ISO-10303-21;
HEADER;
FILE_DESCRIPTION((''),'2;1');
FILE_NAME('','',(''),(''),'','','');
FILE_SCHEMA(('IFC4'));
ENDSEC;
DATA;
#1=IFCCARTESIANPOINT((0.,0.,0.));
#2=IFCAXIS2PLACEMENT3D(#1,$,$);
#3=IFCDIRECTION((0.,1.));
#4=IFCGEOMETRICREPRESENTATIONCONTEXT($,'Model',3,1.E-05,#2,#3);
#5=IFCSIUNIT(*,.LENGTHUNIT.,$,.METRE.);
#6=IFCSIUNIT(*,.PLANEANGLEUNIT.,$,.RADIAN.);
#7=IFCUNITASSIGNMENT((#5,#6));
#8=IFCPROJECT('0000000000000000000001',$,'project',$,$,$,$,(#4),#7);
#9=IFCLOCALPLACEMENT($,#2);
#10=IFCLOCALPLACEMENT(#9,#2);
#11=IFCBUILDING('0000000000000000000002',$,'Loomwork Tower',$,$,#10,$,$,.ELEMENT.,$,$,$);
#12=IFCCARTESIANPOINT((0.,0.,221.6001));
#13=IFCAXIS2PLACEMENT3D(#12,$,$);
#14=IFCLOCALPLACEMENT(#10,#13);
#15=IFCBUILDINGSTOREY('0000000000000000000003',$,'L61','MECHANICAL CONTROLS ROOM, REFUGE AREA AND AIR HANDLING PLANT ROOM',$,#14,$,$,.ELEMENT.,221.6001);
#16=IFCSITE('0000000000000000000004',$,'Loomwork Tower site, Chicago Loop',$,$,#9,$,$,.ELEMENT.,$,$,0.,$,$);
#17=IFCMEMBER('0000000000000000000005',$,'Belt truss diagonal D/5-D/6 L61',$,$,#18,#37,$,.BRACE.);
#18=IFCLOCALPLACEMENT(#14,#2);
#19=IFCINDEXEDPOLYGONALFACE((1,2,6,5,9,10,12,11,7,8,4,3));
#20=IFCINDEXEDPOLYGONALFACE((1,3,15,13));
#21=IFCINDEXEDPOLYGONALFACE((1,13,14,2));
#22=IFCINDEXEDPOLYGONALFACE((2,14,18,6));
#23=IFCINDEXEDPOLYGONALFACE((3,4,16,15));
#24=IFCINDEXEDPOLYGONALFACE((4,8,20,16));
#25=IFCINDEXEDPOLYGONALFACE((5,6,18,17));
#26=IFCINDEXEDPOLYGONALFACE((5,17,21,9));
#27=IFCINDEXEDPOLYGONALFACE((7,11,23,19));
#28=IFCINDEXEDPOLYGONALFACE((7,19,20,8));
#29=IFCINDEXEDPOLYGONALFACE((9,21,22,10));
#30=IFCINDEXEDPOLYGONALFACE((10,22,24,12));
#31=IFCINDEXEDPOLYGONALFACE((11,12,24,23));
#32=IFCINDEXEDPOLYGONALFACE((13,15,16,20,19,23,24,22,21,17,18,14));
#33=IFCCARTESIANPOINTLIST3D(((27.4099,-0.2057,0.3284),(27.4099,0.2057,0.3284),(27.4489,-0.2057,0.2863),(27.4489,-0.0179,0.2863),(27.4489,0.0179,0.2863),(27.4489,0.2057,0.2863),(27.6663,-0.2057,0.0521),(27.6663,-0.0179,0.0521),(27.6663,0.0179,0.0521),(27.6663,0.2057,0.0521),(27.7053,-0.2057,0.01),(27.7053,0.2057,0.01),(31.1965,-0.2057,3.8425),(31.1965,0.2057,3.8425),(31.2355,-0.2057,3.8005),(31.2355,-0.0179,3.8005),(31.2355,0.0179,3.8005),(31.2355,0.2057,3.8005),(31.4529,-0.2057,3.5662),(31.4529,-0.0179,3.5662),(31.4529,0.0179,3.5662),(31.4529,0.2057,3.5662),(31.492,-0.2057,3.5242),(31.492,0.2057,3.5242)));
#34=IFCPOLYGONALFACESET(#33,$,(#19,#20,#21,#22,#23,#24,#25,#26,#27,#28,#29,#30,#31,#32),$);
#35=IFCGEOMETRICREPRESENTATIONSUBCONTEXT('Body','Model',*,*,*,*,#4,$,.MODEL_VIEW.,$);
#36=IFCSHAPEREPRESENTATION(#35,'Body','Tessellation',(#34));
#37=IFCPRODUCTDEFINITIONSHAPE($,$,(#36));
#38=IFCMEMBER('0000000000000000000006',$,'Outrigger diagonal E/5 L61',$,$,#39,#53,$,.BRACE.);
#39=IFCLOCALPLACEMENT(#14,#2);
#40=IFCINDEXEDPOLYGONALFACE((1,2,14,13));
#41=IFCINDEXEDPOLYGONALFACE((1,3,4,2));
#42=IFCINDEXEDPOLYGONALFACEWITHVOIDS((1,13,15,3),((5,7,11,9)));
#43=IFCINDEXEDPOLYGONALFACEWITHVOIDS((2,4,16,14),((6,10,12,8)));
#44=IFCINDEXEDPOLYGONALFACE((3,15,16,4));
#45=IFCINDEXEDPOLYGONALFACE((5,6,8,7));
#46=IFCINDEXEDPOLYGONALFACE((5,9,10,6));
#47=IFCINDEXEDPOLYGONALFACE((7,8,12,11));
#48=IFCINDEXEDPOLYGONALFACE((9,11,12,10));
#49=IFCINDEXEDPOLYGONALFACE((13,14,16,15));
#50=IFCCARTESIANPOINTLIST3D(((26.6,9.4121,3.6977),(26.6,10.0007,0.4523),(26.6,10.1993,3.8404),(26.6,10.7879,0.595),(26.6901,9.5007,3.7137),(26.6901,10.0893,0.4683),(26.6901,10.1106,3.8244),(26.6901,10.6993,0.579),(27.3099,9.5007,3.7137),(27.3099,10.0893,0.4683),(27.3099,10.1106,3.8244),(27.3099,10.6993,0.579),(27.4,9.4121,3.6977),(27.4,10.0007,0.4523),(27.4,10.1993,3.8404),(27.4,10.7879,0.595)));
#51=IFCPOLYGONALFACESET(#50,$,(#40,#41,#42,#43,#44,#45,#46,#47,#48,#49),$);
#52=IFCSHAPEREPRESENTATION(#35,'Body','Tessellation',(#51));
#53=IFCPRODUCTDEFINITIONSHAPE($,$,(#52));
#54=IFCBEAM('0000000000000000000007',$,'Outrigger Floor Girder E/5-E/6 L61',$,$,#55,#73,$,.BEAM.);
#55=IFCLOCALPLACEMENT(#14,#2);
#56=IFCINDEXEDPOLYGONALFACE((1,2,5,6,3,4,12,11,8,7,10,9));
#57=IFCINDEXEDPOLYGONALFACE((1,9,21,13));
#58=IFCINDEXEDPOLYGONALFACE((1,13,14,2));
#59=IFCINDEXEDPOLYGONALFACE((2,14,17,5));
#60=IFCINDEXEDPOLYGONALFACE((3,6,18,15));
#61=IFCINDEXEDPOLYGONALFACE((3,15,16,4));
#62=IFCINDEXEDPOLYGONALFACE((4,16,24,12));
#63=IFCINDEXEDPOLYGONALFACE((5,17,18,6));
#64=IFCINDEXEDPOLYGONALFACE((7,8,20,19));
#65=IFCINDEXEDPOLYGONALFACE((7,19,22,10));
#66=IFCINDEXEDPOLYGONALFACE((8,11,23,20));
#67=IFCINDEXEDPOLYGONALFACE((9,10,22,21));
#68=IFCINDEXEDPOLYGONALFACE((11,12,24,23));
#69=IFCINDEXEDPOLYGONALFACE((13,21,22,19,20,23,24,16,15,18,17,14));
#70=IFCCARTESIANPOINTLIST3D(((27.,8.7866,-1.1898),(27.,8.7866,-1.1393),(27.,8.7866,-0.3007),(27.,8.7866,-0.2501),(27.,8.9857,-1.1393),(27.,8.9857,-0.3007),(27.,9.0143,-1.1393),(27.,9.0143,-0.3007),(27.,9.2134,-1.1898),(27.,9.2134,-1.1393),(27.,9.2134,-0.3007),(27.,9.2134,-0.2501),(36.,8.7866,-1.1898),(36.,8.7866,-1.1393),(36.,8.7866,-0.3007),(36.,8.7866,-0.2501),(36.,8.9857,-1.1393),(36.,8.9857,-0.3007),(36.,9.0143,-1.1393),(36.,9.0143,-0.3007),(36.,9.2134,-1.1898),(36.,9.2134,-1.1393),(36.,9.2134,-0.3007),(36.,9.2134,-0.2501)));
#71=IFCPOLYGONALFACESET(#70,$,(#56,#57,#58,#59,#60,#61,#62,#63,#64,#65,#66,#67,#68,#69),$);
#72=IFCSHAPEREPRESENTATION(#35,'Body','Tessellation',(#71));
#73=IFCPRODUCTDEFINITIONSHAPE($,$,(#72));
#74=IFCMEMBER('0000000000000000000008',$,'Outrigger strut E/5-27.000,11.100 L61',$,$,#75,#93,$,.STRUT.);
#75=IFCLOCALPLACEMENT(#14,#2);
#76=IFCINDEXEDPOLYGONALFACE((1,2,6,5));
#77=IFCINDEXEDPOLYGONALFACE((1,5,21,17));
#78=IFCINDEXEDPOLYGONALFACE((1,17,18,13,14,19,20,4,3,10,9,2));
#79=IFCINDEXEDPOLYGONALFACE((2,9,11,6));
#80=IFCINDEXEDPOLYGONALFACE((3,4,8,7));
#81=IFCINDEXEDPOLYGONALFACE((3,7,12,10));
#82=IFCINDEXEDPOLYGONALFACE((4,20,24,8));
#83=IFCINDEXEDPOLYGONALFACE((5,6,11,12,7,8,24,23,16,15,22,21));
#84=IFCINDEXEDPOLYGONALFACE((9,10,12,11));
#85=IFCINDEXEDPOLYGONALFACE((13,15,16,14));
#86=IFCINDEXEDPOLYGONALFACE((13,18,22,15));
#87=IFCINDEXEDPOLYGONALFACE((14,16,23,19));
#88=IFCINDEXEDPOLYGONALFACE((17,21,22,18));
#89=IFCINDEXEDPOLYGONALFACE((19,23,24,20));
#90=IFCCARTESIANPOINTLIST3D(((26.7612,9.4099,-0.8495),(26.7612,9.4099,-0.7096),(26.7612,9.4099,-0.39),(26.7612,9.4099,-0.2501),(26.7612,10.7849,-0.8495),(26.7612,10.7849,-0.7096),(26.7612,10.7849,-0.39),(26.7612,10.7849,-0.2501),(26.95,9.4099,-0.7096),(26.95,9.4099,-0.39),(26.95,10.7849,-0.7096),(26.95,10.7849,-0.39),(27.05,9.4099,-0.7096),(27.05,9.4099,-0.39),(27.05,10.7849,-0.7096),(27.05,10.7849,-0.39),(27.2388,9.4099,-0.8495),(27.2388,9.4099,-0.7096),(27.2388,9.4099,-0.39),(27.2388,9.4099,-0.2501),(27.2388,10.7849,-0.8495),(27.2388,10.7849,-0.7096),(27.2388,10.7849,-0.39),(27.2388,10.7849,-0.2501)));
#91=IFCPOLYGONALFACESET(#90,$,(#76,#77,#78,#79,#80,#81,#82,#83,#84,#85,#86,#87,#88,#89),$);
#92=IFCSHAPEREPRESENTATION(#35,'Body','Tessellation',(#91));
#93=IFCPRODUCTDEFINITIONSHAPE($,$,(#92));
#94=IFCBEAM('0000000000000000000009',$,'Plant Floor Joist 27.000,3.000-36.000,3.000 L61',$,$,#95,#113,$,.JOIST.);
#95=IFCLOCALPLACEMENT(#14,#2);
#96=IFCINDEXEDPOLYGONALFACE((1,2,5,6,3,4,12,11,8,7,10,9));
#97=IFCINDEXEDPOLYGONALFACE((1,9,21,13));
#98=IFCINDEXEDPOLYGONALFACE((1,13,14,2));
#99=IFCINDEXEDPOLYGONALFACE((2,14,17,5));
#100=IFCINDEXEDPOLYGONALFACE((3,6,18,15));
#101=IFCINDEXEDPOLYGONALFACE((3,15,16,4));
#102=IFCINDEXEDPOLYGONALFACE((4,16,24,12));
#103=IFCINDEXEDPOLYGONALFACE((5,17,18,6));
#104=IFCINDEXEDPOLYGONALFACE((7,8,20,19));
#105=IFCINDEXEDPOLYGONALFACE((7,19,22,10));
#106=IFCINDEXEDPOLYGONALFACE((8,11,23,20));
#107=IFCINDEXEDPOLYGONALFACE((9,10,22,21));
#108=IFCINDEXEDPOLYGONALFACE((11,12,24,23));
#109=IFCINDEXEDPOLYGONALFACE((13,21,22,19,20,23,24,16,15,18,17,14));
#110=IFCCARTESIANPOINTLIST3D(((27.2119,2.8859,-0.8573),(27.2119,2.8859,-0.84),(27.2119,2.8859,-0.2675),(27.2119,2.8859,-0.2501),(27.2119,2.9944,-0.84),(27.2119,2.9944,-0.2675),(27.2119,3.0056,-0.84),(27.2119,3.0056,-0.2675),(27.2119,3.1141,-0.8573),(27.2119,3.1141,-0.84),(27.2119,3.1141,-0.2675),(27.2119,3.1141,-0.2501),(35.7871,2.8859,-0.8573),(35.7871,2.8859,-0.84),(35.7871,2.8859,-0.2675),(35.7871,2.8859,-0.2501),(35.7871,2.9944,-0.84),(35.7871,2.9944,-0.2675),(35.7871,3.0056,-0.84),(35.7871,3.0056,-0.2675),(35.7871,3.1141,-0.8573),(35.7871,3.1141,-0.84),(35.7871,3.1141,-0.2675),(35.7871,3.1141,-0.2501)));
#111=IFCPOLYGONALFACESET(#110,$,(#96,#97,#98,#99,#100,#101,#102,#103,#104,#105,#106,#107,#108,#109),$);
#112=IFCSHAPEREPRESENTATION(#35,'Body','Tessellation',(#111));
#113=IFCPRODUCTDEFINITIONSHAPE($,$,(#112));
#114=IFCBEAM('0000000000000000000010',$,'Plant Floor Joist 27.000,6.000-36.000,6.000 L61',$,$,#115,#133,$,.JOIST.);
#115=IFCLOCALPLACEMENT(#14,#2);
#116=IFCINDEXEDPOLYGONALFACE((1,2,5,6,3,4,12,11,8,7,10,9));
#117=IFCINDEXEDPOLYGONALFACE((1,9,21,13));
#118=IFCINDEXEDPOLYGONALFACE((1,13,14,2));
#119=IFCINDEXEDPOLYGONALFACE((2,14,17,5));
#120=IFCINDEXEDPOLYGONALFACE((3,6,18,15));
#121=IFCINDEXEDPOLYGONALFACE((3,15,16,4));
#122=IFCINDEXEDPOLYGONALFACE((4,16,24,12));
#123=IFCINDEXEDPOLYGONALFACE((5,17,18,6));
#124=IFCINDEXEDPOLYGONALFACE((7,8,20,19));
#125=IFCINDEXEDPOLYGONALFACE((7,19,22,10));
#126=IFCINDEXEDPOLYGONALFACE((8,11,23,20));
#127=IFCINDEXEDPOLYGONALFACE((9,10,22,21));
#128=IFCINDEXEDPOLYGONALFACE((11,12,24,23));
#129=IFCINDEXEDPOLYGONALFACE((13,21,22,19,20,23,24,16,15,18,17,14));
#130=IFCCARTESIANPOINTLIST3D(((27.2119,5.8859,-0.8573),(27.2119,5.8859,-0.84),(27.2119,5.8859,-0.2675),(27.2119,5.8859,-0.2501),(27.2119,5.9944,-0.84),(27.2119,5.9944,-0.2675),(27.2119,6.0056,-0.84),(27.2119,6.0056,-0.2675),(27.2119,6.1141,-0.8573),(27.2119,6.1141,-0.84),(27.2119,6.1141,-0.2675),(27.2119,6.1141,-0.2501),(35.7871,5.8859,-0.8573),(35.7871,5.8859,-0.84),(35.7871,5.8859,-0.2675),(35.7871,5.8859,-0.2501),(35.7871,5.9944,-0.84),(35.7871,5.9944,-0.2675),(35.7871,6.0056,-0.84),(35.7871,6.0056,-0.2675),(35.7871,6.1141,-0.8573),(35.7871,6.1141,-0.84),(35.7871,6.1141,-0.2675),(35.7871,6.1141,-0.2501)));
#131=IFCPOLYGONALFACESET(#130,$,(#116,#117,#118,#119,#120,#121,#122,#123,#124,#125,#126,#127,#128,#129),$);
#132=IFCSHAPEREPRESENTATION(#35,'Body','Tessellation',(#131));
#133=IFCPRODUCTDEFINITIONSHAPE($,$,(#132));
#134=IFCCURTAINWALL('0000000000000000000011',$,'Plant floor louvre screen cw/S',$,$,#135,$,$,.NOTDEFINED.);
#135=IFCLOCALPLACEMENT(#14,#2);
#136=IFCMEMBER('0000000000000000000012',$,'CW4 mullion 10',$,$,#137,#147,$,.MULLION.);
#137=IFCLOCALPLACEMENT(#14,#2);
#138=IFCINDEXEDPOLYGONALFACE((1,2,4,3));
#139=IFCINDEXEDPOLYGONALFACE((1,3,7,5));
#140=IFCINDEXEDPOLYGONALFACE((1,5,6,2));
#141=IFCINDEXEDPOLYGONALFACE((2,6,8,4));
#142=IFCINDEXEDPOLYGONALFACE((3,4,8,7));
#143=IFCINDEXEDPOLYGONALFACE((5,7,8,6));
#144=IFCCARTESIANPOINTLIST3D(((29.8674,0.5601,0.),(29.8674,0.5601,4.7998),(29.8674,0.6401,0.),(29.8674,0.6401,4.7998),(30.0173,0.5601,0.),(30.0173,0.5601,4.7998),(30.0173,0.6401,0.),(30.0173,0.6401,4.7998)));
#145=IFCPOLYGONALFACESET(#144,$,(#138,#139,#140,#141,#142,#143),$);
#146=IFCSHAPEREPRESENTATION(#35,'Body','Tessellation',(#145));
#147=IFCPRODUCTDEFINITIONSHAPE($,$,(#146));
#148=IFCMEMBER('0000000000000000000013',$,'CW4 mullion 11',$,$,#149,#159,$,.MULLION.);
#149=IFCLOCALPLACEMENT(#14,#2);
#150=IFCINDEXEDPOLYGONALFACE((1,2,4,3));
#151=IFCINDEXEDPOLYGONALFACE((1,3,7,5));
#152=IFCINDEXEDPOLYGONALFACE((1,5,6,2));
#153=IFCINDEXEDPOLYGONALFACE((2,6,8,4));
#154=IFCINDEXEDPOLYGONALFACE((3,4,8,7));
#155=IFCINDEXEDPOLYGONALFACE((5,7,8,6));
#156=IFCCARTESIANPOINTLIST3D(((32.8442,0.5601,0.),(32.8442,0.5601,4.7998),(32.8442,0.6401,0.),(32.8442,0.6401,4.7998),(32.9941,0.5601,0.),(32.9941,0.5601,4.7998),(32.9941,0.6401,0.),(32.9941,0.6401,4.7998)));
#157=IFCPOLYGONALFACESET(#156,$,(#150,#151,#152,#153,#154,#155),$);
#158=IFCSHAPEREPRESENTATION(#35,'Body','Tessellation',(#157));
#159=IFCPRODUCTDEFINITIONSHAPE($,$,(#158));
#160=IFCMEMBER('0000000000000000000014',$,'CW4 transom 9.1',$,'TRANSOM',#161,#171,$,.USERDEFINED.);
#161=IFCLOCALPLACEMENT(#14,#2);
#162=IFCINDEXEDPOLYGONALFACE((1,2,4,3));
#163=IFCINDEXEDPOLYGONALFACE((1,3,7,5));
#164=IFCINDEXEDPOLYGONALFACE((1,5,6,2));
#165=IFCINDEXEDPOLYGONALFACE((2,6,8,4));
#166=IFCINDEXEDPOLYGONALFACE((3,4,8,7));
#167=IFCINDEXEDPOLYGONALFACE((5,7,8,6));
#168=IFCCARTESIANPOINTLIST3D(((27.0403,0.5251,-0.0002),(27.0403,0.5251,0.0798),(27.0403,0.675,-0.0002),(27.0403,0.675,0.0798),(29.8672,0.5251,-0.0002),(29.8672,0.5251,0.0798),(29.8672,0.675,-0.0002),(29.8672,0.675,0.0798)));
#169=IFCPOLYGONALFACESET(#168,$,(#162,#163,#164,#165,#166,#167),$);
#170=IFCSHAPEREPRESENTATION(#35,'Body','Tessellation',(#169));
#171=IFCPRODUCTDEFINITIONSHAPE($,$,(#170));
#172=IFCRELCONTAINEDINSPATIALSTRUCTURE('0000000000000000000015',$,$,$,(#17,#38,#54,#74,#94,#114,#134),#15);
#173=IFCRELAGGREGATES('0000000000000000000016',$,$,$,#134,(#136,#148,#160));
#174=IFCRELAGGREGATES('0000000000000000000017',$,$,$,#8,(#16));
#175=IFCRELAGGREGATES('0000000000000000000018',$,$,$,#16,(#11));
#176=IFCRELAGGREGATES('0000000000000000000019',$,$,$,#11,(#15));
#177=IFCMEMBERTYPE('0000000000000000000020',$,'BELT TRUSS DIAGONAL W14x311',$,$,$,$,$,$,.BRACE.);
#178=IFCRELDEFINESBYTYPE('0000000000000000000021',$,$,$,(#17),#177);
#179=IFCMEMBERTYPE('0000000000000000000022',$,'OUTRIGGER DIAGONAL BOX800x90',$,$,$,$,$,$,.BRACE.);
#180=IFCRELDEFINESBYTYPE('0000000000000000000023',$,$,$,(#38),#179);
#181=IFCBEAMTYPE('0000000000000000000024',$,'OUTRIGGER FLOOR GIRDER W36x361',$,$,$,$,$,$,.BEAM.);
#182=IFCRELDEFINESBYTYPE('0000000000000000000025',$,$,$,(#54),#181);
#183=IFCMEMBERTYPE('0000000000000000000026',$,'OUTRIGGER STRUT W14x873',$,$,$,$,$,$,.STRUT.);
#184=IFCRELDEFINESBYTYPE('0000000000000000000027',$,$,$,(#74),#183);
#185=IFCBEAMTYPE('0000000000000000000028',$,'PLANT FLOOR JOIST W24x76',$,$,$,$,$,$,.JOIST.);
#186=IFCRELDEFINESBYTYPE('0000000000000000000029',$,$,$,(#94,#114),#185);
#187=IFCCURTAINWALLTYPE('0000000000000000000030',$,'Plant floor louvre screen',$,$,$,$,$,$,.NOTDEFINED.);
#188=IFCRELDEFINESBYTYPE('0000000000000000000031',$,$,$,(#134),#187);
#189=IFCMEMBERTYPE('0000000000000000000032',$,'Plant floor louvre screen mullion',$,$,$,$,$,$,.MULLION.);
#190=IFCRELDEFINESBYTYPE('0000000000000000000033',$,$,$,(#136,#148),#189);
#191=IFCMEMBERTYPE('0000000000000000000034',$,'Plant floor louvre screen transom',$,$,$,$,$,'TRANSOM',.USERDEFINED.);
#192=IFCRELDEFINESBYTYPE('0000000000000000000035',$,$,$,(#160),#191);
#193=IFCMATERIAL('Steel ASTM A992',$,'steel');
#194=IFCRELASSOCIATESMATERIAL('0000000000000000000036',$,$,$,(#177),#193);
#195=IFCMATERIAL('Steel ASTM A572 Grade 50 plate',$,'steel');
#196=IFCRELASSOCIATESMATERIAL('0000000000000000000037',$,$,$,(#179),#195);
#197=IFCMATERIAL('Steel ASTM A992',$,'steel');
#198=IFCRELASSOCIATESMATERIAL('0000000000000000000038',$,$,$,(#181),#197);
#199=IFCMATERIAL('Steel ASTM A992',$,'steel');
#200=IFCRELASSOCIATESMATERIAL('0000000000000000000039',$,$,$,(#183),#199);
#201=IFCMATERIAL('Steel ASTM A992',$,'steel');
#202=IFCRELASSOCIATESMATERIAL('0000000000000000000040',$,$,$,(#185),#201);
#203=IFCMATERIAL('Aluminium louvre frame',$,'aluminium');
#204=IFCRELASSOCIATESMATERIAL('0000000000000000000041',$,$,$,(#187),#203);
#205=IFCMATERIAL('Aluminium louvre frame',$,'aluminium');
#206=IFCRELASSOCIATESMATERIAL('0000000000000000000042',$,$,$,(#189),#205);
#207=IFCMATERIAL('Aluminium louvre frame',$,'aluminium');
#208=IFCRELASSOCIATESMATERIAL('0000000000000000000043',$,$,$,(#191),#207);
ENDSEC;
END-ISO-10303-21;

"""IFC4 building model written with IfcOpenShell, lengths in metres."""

from ifc_helpers import new_model, si_unit, direction, frame, origin, origin_2d, place, context, subcontext, project, spatial, rectangle, hollow_rectangle, i_section, extrude, material, material_profile, profile_set, type_object, element, aggregate, save


model = new_model("IFC4")

# Units and contexts
model_context = context("Model", 3, precision=1e-05, world=origin(), true_north=direction((0.0, 1.0)))
body_context = subcontext(model_context, "Body", "Model", "MODEL_VIEW")
ifc_project = project(units=[si_unit("LENGTHUNIT", "METRE"), si_unit("PLANEANGLEUNIT", "RADIAN")], contexts=[model_context])

# Site, building, storey
site_placement = place(None, origin())
site = spatial("IfcSite", under=ifc_project, at=site_placement, Name="Loomwork Tower site, Chicago Loop", CompositionType="ELEMENT", RefElevation=0.0)
building_placement = place(site_placement, origin())
building = spatial("IfcBuilding", under=site, at=building_placement, Name="Loomwork Tower", CompositionType="ELEMENT")
storey_placement = place(building_placement, frame((0.0, 0.0, 221.6001)))
storey = spatial("IfcBuildingStorey", under=building, at=storey_placement, Name="L61", Description="MECHANICAL CONTROLS ROOM, REFUGE AREA AND AIR HANDLING PLANT ROOM", CompositionType="ELEMENT", Elevation=221.6001)

# Members
ifc_material_1 = material(Name="Steel ASTM A992", Category="steel")
ifc_material_profile_1 = material_profile(ifc_material_1, i_section(OverallWidth=0.4114, OverallDepth=0.4343, WebThickness=0.0359, FlangeThickness=0.0574, at=origin_2d()), Name="W14x311")
ifc_profile_set_1 = profile_set([ifc_material_profile_1], Name="Steel ASTM A992")
member_type_1 = type_object("IfcMemberType", Name="BELT TRUSS DIAGONAL W14x311", PredefinedType="BRACE", material=ifc_profile_set_1)
member_1_placement = place(storey_placement, frame((27.5576, 0.0, 0.1692), z_axis=(0.732985, 0.0, 0.680244), x_axis=(0.0, 1.0, 0.0)))
element("IfcMember", 1, at=member_1_placement, inside=storey, type_object=member_type_1, Name="Belt truss diagonal D/5-D/6 L61", PredefinedType="BRACE", context=body_context, shape_type="SweptSolid", body=[
    extrude(i_section(OverallWidth=0.4114, OverallDepth=0.4343, WebThickness=0.0359, FlangeThickness=0.0574, at=origin_2d()), origin(), (0.0, 0.0, 1.0), 5.166),
])
ifc_material_2 = material(Name="Steel ASTM A572 Grade 50 plate", Category="steel")
ifc_material_profile_2 = material_profile(ifc_material_2, hollow_rectangle(XDim=0.8, YDim=0.8, WallThickness=0.0901, at=origin_2d()), Name="BOX800x90")
ifc_profile_set_2 = profile_set([ifc_material_profile_2], Name="Steel ASTM A572 Grade 50 plate")
member_type_2 = type_object("IfcMemberType", Name="OUTRIGGER DIAGONAL BOX800x90", PredefinedType="BRACE", material=ifc_profile_set_2)
member_2_placement = place(storey_placement, frame((27.0, 9.8057, 3.769), z_axis=(0.0, 0.178462, -0.983947), x_axis=(-1.0, 0.0, 0.0)))
element("IfcMember", 2, at=member_2_placement, inside=storey, type_object=member_type_2, Name="Outrigger diagonal E/5 L61", PredefinedType="BRACE", context=body_context, shape_type="SweptSolid", body=[
    extrude(hollow_rectangle(XDim=0.8, YDim=0.8, WallThickness=0.0901, at=origin_2d()), origin(), (0.0, 0.0, 1.0), 3.2983),
])

# Beam
ifc_material_3 = material(Name="Steel ASTM A992", Category="steel")
ifc_material_profile_3 = material_profile(ifc_material_3, i_section(OverallWidth=0.4268, OverallDepth=0.9397, WebThickness=0.0286, FlangeThickness=0.0505, at=origin_2d()), Name="W36x361")
ifc_profile_set_3 = profile_set([ifc_material_profile_3], Name="Steel ASTM A992")
beam_type_1 = type_object("IfcBeamType", Name="OUTRIGGER FLOOR GIRDER W36x361", PredefinedType="BEAM", material=ifc_profile_set_3)
beam_placement = place(storey_placement, frame((27.0, 9.0, -0.72), z_axis=(1.0, 0.0, 0.0), x_axis=(0.0, 1.0, 0.0)))
element("IfcBeam", 3, at=beam_placement, inside=storey, type_object=beam_type_1, Name="Outrigger Floor Girder E/5-E/6 L61", PredefinedType="BEAM", context=body_context, shape_type="SweptSolid", body=[
    extrude(i_section(OverallWidth=0.4268, OverallDepth=0.9397, WebThickness=0.0286, FlangeThickness=0.0505, at=origin_2d()), origin(), (0.0, 0.0, 1.0), 9.0),
])

# Member
ifc_material_4 = material(Name="Steel ASTM A992", Category="steel")
ifc_material_profile_4 = material_profile(ifc_material_4, i_section(OverallWidth=0.4775, OverallDepth=0.5994, WebThickness=0.1001, FlangeThickness=0.1399, at=origin_2d()), Name="W14x873")
ifc_profile_set_4 = profile_set([ifc_material_profile_4], Name="Steel ASTM A992")
member_type_3 = type_object("IfcMemberType", Name="OUTRIGGER STRUT W14x873", PredefinedType="STRUT", material=ifc_profile_set_4)
member_3_placement = place(storey_placement, frame((27.0, 9.4099, -0.5498), z_axis=(0.0, 1.0, 0.0), x_axis=(-1.0, 0.0, 0.0)))
element("IfcMember", 4, at=member_3_placement, inside=storey, type_object=member_type_3, Name="Outrigger strut E/5-27.000,11.100 L61", PredefinedType="STRUT", context=body_context, shape_type="SweptSolid", body=[
    extrude(i_section(OverallWidth=0.4775, OverallDepth=0.5994, WebThickness=0.1001, FlangeThickness=0.1399, at=origin_2d()), origin(), (0.0, 0.0, 1.0), 1.375),
])

# Beams
ifc_material_5 = material(Name="Steel ASTM A992", Category="steel")
ifc_material_profile_5 = material_profile(ifc_material_5, i_section(OverallWidth=0.2283, OverallDepth=0.6072, WebThickness=0.0112, FlangeThickness=0.0173, at=origin_2d()), Name="W24x76")
ifc_profile_set_5 = profile_set([ifc_material_profile_5], Name="Steel ASTM A992")
beam_type_2 = type_object("IfcBeamType", Name="PLANT FLOOR JOIST W24x76", PredefinedType="JOIST", material=ifc_profile_set_5)
for number, where, z_axis, x_axis, name in (
    (5, (27.2119, 3.0, -0.5537), (1.0, 0.0, 0.0), (0.0, 1.0, 0.0), "Plant Floor Joist 27.000,3.000-36.000,3.000 L61"),
    (6, (27.2119, 6.0, -0.5537), (1.0, 0.0, 0.0), (0.0, 1.0, 0.0), "Plant Floor Joist 27.000,6.000-36.000,6.000 L61"),
):
    element("IfcBeam", number, at=place(storey_placement, frame(where, z_axis=z_axis, x_axis=x_axis)), inside=storey, type_object=beam_type_2, Name=name, PredefinedType="JOIST", context=body_context, shape_type="SweptSolid", body=[
        extrude(i_section(OverallWidth=0.2283, OverallDepth=0.6072, WebThickness=0.0112, FlangeThickness=0.0173, at=origin_2d()), origin(), (0.0, 0.0, 1.0), 8.5752),
    ])

# Curtain wall, members
ifc_material_6 = material(Name="Aluminium louvre frame", Category="aluminium")
curtain_wall_type = type_object("IfcCurtainWallType", Name="Plant floor louvre screen", PredefinedType="NOTDEFINED", material=ifc_material_6)
curtain_wall_placement = place(storey_placement, origin())
curtain_wall = element("IfcCurtainWall", 7, at=curtain_wall_placement, inside=storey, type_object=curtain_wall_type, Name="Plant floor louvre screen cw/S", PredefinedType="NOTDEFINED")
ifc_material_7 = material(Name="Aluminium louvre frame", Category="aluminium")
ifc_material_profile_6 = material_profile(ifc_material_7, rectangle(XDim=0.0801, YDim=0.1499, at=origin_2d()), Name="AL 80x150")
ifc_profile_set_6 = profile_set([ifc_material_profile_6], Name="Aluminium louvre frame")
member_type_4 = type_object("IfcMemberType", Name="Plant floor louvre screen mullion", PredefinedType="MULLION", material=ifc_profile_set_6)
member_4_placement = place(storey_placement, frame((29.9424, 0.6001, 0.0), z_axis=(0.0, 0.0, 1.0), x_axis=(0.0, 1.0, 0.0)))
member_4 = element("IfcMember", 8, at=member_4_placement, type_object=member_type_4, Name="CW4 mullion 10", PredefinedType="MULLION", context=body_context, shape_type="SweptSolid", body=[
    extrude(rectangle(XDim=0.0801, YDim=0.1499, at=origin_2d()), origin(), (0.0, 0.0, 1.0), 4.7998),
])
member_5_placement = place(storey_placement, frame((32.9192, 0.6001, 0.0), z_axis=(0.0, 0.0, 1.0), x_axis=(0.0, 1.0, 0.0)))
member_5 = element("IfcMember", 9, at=member_5_placement, type_object=member_type_4, Name="CW4 mullion 11", PredefinedType="MULLION", context=body_context, shape_type="SweptSolid", body=[
    extrude(rectangle(XDim=0.0801, YDim=0.1499, at=origin_2d()), origin(), (0.0, 0.0, 1.0), 4.7998),
])
ifc_material_8 = material(Name="Aluminium louvre frame", Category="aluminium")
ifc_material_profile_7 = material_profile(ifc_material_8, rectangle(XDim=0.1499, YDim=0.0801, at=origin_2d()), Name="AL 80x150")
ifc_profile_set_7 = profile_set([ifc_material_profile_7], Name="Aluminium louvre frame")
member_type_5 = type_object("IfcMemberType", Name="Plant floor louvre screen transom", ElementType="TRANSOM", PredefinedType="USERDEFINED", material=ifc_profile_set_7)
member_6_placement = place(storey_placement, frame((27.0403, 0.6001, 0.0398), z_axis=(1.0, 0.0, 0.0), x_axis=(0.0, 1.0, 0.0)))
member_6 = element("IfcMember", 10, at=member_6_placement, type_object=member_type_5, Name="CW4 transom 9.1", ObjectType="TRANSOM", PredefinedType="USERDEFINED", context=body_context, shape_type="SweptSolid", body=[
    extrude(rectangle(XDim=0.1499, YDim=0.0801, at=origin_2d()), origin(), (0.0, 0.0, 1.0), 2.8269),
])

aggregate(curtain_wall, [member_4, member_5, member_6])

save(model, "model.ifc")
